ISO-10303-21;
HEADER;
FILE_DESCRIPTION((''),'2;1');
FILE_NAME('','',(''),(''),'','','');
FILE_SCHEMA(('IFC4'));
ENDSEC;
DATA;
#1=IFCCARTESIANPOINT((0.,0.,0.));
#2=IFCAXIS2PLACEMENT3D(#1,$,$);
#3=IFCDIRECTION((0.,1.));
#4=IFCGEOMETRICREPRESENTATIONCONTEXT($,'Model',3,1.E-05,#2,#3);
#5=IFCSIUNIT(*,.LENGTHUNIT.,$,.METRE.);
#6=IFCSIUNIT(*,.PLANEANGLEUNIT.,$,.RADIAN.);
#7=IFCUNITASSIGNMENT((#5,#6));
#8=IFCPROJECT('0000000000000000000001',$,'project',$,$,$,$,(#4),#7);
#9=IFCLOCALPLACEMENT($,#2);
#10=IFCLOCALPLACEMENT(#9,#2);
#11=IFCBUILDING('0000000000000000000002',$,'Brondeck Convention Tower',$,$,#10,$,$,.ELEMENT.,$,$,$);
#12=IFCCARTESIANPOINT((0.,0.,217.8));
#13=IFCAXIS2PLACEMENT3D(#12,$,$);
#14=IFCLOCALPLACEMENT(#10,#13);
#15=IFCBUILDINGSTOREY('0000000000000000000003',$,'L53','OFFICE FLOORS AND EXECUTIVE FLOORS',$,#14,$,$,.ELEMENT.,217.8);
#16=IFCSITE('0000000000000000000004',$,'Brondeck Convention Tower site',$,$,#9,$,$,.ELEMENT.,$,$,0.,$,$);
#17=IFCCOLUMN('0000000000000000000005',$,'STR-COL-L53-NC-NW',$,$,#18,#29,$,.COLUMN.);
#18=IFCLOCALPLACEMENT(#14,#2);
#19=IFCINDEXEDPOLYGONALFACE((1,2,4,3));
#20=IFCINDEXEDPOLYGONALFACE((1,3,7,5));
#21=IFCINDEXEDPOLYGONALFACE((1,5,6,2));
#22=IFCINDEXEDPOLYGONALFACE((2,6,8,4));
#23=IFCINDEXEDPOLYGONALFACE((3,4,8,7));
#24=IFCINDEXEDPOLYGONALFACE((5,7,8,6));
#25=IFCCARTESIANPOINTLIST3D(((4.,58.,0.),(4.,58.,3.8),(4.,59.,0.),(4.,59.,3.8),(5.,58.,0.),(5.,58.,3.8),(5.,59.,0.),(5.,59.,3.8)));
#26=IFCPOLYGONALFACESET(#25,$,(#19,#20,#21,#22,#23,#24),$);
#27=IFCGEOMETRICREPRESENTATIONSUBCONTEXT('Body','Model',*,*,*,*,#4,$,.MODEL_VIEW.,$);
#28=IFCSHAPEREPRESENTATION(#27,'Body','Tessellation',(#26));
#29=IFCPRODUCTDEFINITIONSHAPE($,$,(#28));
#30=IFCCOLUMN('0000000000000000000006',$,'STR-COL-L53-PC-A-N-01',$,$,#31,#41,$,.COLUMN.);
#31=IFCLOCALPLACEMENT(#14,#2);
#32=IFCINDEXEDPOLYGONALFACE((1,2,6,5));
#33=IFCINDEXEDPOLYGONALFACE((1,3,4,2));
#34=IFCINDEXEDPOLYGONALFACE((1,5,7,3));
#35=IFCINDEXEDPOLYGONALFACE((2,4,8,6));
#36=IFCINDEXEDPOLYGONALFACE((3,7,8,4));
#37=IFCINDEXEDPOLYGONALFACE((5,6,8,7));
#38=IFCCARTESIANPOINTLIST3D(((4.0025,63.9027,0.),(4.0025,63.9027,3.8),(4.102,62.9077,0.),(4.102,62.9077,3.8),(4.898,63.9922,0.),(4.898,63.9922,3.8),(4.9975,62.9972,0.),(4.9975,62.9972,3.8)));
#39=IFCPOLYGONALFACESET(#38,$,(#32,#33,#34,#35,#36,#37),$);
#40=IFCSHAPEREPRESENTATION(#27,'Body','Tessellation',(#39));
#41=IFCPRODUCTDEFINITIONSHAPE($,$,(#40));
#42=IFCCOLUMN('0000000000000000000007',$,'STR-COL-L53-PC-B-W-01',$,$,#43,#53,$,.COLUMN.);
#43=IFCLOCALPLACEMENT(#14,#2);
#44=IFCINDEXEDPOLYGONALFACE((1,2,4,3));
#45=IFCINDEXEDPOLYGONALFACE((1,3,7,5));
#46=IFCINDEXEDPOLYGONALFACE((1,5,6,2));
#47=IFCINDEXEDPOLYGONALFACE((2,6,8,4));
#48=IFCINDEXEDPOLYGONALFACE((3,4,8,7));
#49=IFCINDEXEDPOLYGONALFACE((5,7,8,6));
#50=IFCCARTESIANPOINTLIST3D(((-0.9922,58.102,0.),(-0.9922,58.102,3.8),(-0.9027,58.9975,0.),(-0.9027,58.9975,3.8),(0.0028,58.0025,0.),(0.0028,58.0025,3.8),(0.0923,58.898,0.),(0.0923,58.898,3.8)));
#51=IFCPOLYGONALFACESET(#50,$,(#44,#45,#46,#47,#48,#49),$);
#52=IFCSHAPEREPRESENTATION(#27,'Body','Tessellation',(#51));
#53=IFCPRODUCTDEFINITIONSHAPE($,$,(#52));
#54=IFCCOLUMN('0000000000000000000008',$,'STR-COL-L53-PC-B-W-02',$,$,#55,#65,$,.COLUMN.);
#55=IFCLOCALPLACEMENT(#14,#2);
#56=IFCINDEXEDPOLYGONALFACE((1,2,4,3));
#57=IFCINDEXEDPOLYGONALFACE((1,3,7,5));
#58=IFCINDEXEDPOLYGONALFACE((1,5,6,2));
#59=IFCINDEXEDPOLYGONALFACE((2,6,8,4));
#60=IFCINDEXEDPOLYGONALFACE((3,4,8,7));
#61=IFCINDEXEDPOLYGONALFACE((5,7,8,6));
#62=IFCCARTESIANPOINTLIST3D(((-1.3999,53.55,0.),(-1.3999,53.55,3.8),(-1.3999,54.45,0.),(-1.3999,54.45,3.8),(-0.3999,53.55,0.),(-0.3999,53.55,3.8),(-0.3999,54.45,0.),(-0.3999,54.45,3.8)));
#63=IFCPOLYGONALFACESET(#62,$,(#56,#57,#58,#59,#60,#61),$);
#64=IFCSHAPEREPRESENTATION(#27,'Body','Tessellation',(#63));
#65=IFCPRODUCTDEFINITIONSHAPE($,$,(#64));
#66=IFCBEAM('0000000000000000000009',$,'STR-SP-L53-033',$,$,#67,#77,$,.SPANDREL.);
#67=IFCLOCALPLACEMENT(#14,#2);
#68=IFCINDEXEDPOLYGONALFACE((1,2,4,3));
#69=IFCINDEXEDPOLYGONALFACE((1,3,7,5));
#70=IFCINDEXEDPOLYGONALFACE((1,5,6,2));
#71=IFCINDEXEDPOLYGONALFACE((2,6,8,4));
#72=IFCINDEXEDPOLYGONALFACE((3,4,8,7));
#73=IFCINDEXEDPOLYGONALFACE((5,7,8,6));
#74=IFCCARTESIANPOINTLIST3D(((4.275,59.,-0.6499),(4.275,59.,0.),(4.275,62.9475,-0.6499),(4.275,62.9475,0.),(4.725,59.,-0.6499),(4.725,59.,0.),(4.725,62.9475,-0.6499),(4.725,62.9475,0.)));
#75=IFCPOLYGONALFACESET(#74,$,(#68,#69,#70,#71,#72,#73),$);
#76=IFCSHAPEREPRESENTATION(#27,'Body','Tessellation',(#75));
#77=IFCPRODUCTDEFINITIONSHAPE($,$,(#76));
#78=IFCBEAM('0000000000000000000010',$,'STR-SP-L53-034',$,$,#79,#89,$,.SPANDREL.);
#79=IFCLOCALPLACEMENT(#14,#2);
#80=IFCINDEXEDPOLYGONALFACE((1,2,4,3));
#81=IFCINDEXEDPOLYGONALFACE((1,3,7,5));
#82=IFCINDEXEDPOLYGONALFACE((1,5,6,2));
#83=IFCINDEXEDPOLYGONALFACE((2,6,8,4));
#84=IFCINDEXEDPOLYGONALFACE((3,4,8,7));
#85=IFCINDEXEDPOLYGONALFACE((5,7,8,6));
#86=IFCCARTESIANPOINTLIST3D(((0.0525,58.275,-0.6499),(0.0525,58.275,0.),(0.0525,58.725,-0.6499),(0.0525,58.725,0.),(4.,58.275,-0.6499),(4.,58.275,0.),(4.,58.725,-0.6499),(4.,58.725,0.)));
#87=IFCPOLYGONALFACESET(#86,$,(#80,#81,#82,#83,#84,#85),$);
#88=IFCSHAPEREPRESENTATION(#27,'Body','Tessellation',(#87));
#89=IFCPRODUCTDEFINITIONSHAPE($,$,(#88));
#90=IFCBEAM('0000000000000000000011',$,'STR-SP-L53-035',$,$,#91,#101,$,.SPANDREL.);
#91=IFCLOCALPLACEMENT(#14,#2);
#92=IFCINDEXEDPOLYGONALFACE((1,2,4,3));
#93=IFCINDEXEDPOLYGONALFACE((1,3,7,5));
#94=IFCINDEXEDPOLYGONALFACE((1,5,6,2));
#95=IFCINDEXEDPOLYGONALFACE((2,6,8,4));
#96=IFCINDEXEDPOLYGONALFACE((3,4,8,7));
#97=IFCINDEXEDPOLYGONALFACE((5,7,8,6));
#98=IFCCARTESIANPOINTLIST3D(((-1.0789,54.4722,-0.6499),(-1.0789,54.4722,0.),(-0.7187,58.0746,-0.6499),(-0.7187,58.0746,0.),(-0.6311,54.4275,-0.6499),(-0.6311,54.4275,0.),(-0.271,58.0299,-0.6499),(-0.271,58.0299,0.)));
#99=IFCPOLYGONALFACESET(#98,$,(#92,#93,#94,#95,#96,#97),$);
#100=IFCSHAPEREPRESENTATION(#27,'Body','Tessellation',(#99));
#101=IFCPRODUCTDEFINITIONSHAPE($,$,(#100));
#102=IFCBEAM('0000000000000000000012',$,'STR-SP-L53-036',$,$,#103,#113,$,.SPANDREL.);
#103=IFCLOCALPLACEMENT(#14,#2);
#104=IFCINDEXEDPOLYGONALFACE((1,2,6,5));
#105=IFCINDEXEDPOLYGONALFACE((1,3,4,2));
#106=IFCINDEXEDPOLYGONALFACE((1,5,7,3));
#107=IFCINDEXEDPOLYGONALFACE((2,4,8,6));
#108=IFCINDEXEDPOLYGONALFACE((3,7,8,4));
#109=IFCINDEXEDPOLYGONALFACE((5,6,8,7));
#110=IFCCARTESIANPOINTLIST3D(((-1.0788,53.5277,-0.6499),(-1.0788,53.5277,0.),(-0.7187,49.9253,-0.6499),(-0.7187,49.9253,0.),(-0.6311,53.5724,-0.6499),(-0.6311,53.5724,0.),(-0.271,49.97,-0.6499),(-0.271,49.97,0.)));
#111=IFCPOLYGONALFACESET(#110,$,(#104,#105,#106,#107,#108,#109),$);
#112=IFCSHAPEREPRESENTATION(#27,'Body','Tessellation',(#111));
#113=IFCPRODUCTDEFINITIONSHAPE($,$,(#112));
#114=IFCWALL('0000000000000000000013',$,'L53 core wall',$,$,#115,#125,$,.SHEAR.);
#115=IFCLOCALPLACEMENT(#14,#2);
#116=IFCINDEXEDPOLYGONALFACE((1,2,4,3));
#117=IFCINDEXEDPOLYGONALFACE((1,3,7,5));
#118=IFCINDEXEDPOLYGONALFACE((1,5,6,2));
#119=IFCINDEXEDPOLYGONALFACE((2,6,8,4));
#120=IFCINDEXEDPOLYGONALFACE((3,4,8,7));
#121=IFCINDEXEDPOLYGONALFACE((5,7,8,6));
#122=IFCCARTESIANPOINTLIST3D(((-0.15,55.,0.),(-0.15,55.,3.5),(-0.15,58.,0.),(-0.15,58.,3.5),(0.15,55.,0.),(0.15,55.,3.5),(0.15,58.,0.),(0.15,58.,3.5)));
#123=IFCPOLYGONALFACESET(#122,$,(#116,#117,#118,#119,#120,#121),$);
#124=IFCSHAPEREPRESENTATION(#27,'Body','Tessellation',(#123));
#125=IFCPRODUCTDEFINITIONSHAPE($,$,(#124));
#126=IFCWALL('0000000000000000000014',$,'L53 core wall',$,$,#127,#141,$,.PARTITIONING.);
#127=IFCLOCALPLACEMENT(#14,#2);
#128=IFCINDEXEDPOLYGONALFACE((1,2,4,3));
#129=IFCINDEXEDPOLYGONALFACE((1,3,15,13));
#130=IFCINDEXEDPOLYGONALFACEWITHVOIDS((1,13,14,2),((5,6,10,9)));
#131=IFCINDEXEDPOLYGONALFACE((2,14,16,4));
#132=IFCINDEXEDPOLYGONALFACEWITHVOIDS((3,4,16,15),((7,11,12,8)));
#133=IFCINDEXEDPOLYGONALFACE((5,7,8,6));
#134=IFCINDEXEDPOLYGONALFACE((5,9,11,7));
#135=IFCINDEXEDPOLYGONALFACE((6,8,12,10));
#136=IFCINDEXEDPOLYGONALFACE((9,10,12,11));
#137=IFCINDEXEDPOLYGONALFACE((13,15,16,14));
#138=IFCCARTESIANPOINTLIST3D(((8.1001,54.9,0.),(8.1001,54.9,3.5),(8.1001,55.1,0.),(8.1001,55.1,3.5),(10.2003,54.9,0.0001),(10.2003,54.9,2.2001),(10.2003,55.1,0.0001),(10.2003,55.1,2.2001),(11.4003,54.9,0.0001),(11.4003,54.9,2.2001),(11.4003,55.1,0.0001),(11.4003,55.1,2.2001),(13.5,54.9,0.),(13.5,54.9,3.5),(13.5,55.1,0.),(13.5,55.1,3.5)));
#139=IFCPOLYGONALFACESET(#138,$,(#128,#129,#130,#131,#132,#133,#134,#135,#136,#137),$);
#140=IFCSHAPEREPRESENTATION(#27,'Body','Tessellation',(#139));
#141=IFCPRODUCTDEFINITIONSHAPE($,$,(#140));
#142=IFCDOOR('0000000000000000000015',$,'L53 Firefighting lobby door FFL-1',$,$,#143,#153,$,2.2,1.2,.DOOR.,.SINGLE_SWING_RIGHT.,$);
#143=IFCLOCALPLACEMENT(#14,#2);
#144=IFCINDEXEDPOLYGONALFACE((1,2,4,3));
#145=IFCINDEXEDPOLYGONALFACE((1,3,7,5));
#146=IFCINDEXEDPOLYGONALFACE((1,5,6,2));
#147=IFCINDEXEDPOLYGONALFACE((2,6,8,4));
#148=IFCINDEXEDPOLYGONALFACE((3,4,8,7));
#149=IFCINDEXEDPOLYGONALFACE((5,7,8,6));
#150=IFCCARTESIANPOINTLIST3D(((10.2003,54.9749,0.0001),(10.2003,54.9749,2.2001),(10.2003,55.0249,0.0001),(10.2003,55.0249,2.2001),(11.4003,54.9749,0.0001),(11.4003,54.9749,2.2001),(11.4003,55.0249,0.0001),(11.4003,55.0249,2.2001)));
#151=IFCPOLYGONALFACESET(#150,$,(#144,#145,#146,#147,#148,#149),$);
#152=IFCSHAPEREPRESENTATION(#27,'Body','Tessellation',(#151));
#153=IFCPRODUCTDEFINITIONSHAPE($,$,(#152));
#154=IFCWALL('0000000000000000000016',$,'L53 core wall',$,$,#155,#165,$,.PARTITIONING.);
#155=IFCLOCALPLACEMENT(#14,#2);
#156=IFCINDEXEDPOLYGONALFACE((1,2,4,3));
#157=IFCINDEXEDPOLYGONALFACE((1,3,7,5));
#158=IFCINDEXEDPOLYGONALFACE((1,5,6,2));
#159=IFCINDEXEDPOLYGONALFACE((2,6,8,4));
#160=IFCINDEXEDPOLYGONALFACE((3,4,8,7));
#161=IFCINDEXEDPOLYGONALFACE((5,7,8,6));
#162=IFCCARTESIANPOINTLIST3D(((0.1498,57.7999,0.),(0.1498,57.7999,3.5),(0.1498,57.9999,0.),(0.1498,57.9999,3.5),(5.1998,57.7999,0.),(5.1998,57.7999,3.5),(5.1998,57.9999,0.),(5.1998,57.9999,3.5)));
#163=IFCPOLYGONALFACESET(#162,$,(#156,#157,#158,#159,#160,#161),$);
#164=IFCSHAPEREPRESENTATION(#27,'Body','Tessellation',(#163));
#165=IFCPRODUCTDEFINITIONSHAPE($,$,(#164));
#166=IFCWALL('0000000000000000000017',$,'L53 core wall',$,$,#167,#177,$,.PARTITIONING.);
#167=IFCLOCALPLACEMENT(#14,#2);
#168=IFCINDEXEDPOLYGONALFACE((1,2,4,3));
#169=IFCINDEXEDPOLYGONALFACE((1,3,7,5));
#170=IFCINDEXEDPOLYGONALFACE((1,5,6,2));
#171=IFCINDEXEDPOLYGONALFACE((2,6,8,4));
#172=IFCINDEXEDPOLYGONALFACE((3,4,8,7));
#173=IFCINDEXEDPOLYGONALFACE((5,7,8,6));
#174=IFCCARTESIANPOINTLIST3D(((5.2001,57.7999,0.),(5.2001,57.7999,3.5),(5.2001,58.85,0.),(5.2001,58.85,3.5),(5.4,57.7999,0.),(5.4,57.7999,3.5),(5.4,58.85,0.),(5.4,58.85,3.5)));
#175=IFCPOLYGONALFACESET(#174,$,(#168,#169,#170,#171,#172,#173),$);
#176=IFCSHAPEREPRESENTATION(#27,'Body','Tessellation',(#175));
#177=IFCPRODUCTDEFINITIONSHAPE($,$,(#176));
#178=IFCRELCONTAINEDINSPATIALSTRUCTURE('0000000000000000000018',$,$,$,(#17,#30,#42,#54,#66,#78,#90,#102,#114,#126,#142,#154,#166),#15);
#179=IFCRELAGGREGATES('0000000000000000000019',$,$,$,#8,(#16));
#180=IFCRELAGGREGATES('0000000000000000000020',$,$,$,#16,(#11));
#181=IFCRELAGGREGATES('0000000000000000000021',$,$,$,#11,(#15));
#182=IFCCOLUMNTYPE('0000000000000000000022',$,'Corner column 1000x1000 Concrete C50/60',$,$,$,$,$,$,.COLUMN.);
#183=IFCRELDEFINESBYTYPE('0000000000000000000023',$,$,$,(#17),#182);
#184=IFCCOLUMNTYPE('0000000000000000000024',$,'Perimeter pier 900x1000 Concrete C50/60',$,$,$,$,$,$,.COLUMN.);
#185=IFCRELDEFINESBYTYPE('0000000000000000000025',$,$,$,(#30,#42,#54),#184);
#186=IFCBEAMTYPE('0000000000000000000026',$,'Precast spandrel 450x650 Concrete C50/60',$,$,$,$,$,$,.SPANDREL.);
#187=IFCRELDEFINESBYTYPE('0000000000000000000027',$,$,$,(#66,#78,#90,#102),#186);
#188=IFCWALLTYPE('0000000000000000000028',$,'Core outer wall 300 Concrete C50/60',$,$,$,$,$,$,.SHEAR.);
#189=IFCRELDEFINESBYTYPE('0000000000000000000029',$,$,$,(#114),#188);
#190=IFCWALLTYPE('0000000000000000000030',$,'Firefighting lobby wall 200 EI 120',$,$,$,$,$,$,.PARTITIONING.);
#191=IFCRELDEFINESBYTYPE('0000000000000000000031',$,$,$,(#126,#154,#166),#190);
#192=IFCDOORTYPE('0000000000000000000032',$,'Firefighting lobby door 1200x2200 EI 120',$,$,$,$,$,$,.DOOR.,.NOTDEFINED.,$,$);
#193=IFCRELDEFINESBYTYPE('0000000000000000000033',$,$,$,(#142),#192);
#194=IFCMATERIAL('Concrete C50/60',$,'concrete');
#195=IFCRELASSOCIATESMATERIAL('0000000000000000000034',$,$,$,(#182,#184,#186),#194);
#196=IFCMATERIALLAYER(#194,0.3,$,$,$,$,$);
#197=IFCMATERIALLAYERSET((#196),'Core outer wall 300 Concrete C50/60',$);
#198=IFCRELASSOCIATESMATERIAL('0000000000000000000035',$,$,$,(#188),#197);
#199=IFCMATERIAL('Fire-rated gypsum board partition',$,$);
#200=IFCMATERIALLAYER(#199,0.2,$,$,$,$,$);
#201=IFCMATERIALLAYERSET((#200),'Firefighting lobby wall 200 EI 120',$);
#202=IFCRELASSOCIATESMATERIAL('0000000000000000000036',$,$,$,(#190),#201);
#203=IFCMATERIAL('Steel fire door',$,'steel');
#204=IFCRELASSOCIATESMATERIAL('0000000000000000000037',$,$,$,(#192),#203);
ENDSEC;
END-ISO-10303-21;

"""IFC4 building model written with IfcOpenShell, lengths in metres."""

from ifc_helpers import new_model, si_unit, direction, frame, frame_2d, origin, origin_2d, place, context, subcontext, project, spatial, rectangle, extrude, material, layer, layer_set, material_profile, profile_set, type_object, element, fill, save


model = new_model("IFC4")

# Units and contexts
model_context = context("Model", 3, precision=1e-05, world=origin(), true_north=direction((0.0, 1.0)))
body_context = subcontext(model_context, "Body", "Model", "MODEL_VIEW")
ifc_project = project(units=[si_unit("LENGTHUNIT", "METRE"), si_unit("PLANEANGLEUNIT", "RADIAN")], contexts=[model_context])

# Site, building, storey
site_placement = place(None, origin())
site = spatial("IfcSite", under=ifc_project, at=site_placement, Name="Brondeck Convention Tower site", CompositionType="ELEMENT", RefElevation=0.0)
building_placement = place(site_placement, origin())
building = spatial("IfcBuilding", under=site, at=building_placement, Name="Brondeck Convention Tower", CompositionType="ELEMENT")
storey_placement = place(building_placement, frame((0.0, 0.0, 217.8)))
storey = spatial("IfcBuildingStorey", under=building, at=storey_placement, Name="L53", Description="OFFICE FLOORS AND EXECUTIVE FLOORS", CompositionType="ELEMENT", Elevation=217.8)

# Columns
ifc_material_1 = material(Name="Concrete C50/60", Category="concrete")
ifc_material_profile_1 = material_profile(ifc_material_1, rectangle(XDim=1.0, YDim=1.0, at=origin_2d()), Name="Corner column 1000x1000 Concrete C50/60")
ifc_profile_set_1 = profile_set([ifc_material_profile_1], Name="Concrete C50/60")
column_type_1 = type_object("IfcColumnType", Name="Corner column 1000x1000 Concrete C50/60", PredefinedType="COLUMN", material=ifc_profile_set_1)
column_placement = place(storey_placement, frame((4.5, 58.5, 0.0), z_axis=(0.0, 0.0, 1.0), x_axis=(1.0, 0.0, 0.0)))
element("IfcColumn", 1, at=column_placement, inside=storey, type_object=column_type_1, Name="STR-COL-L53-NC-NW", PredefinedType="COLUMN", context=body_context, shape_type="SweptSolid", body=[
    extrude(rectangle(XDim=1.0, YDim=1.0, at=origin_2d()), origin(), (0.0, 0.0, 1.0), 3.8),
])
ifc_material_profile_2 = material_profile(ifc_material_1, rectangle(XDim=0.8999, YDim=1.0, at=origin_2d()), Name="Perimeter pier 900x1000 Concrete C50/60")
ifc_profile_set_2 = profile_set([ifc_material_profile_2], Name="Concrete C50/60")
column_type_2 = type_object("IfcColumnType", Name="Perimeter pier 900x1000 Concrete C50/60", PredefinedType="COLUMN", material=ifc_profile_set_2)
for number, where, z_axis, x_axis, name in (
    (2, (4.5, 63.45, 0.0), (0.0, 0.0, 1.0), (-0.995037, -0.099504, 0.0), "STR-COL-L53-PC-A-N-01"),
    (3, (-0.45, 58.5, 0.0), (0.0, 0.0, 1.0), (-0.099504, -0.995037, 0.0), "STR-COL-L53-PC-B-W-01"),
    (4, (-0.8999, 54.0, 0.0), (0.0, 0.0, 1.0), (0.0, -1.0, 0.0), "STR-COL-L53-PC-B-W-02"),
):
    element("IfcColumn", number, at=place(storey_placement, frame(where, z_axis=z_axis, x_axis=x_axis)), inside=storey, type_object=column_type_2, Name=name, PredefinedType="COLUMN", context=body_context, shape_type="SweptSolid", body=[
        extrude(rectangle(XDim=0.8999, YDim=1.0, at=origin_2d()), origin(), (0.0, 0.0, 1.0), 3.8),
    ])

# Beams
ifc_material_profile_3 = material_profile(ifc_material_1, rectangle(XDim=0.45, YDim=0.6499, at=origin_2d()), Name="Precast spandrel 450x650 Concrete C50/60")
ifc_profile_set_3 = profile_set([ifc_material_profile_3], Name="Concrete C50/60")
beam_type = type_object("IfcBeamType", Name="Precast spandrel 450x650 Concrete C50/60", PredefinedType="SPANDREL", material=ifc_profile_set_3)
for number, where, z_axis, x_axis, name in (
    (5, (4.5, 62.9475, -0.325), (0.0, -1.0, 0.0), (1.0, 0.0, 0.0), "STR-SP-L53-033"),
    (6, (4.0, 58.5, -0.325), (-1.0, 0.0, 0.0), (0.0, -1.0, 0.0), "STR-SP-L53-034"),
):
    element("IfcBeam", number, at=place(storey_placement, frame(where, z_axis=z_axis, x_axis=x_axis)), inside=storey, type_object=beam_type, Name=name, PredefinedType="SPANDREL", context=body_context, shape_type="SweptSolid", body=[
        extrude(rectangle(XDim=0.45, YDim=0.6499, at=origin_2d()), origin(), (0.0, 0.0, 1.0), 3.9475),
    ])
for number, where, z_axis, x_axis, name in (
    (7, (-0.4949, 58.0522, -0.325), (-0.09947, -0.995041, 0.0), (0.995041, -0.09947, 0.0), "STR-SP-L53-035"),
    (8, (-0.855, 53.55, -0.325), (0.09947, -0.995041, 0.0), (0.995041, 0.09947, 0.0), "STR-SP-L53-036"),
):
    element("IfcBeam", number, at=place(storey_placement, frame(where, z_axis=z_axis, x_axis=x_axis)), inside=storey, type_object=beam_type, Name=name, PredefinedType="SPANDREL", context=body_context, shape_type="SweptSolid", body=[
        extrude(rectangle(XDim=0.45, YDim=0.6499, at=origin_2d()), origin(), (0.0, 0.0, 1.0), 3.6204),
    ])

# Wall
ifc_layer_1 = layer(ifc_material_1, 0.3)
ifc_layer_set_1 = layer_set([ifc_layer_1], Name="Core outer wall 300 Concrete C50/60")
wall_type_1 = type_object("IfcWallType", Name="Core outer wall 300 Concrete C50/60", PredefinedType="SHEAR", material=ifc_layer_set_1)
wall_1_placement = place(storey_placement, frame((0.0, 55.0, 0.0), z_axis=(0.0, 0.0, 1.0), x_axis=(0.0, 1.0, 0.0)))
element("IfcWall", 9, at=wall_1_placement, inside=storey, type_object=wall_type_1, Name="L53 core wall", PredefinedType="SHEAR", context=body_context, shape_type="SweptSolid", body=[
    extrude(rectangle(XDim=3.0, YDim=0.3, at=frame_2d((1.5, 0.0))), origin(), (0.0, 0.0, 1.0), 3.5),
])

# Wall, opening, door
ifc_material_2 = material(Name="Fire-rated gypsum board partition")
ifc_layer_2 = layer(ifc_material_2, 0.2)
ifc_layer_set_2 = layer_set([ifc_layer_2], Name="Firefighting lobby wall 200 EI 120")
wall_type_2 = type_object("IfcWallType", Name="Firefighting lobby wall 200 EI 120", PredefinedType="PARTITIONING", material=ifc_layer_set_2)
wall_2_placement = place(storey_placement, frame((8.1001, 55.0, 0.0), z_axis=(0.0, 0.0, 1.0), x_axis=(1.0, 0.0, 0.0)))
wall_2 = element("IfcWall", 10, at=wall_2_placement, inside=storey, type_object=wall_type_2, Name="L53 core wall", PredefinedType="PARTITIONING", context=body_context, shape_type="SweptSolid", body=[
    extrude(rectangle(XDim=5.3999, YDim=0.2, at=frame_2d((2.7, 0.0))), origin(), (0.0, 0.0, 1.0), 3.5),
])
opening_1_placement = place(wall_2_placement, frame((2.1001, 0.0, 0.0)))
opening_1 = element("IfcOpeningElement", 11, at=opening_1_placement, cuts=wall_2, PredefinedType="OPENING", context=body_context, shape_type="SweptSolid", body=[
    extrude(rectangle(XDim=1.2, YDim=2.2, at=frame_2d((0.6001, 1.1001))), frame((0.0, 0.1099, 0.0), z_axis=(0.0, -1.0, 0.0), x_axis=(1.0, 0.0, 0.0)), (0.0, 0.0, 1.0), 0.22),
])
ifc_material_3 = material(Name="Steel fire door", Category="steel")
door_type_1 = type_object("IfcDoorType", Name="Firefighting lobby door 1200x2200 EI 120", OperationType="NOTDEFINED", PredefinedType="DOOR", material=ifc_material_3)
door_1_placement = place(opening_1_placement, origin())
door_1 = element("IfcDoor", 12, at=door_1_placement, inside=storey, type_object=door_type_1, Name="L53 Firefighting lobby door FFL-1", OperationType="SINGLE_SWING_RIGHT", OverallHeight=2.2, OverallWidth=1.2, PredefinedType="DOOR", context=body_context, shape_type="SweptSolid", body=[
    extrude(rectangle(XDim=1.2, YDim=2.2, at=frame_2d((0.6001, 1.1001))), frame((0.0, 0.0249, 0.0), z_axis=(0.0, -1.0, 0.0), x_axis=(1.0, 0.0, 0.0)), (0.0, 0.0, 1.0), 0.05),
])
fill(opening_1, door_1)

# Walls
wall_3_placement = place(storey_placement, frame((0.1499, 57.8999, 0.0), z_axis=(0.0, 0.0, 1.0), x_axis=(1.0, 0.0, 0.0)))
element("IfcWall", 13, at=wall_3_placement, inside=storey, type_object=wall_type_2, Name="L53 core wall", PredefinedType="PARTITIONING", context=body_context, shape_type="SweptSolid", body=[
    extrude(rectangle(XDim=5.05, YDim=0.2, at=frame_2d((2.5249, 0.0))), origin(), (0.0, 0.0, 1.0), 3.5),
])
wall_4_placement = place(storey_placement, frame((5.3, 57.8, 0.0), z_axis=(0.0, 0.0, 1.0), x_axis=(0.0, 1.0, 0.0)))
element("IfcWall", 14, at=wall_4_placement, inside=storey, type_object=wall_type_2, Name="L53 core wall", PredefinedType="PARTITIONING", context=body_context, shape_type="SweptSolid", body=[
    extrude(rectangle(XDim=1.05, YDim=0.2, at=frame_2d((0.5249, 0.0))), origin(), (0.0, 0.0, 1.0), 3.5),
])

save(model, "model.ifc")
